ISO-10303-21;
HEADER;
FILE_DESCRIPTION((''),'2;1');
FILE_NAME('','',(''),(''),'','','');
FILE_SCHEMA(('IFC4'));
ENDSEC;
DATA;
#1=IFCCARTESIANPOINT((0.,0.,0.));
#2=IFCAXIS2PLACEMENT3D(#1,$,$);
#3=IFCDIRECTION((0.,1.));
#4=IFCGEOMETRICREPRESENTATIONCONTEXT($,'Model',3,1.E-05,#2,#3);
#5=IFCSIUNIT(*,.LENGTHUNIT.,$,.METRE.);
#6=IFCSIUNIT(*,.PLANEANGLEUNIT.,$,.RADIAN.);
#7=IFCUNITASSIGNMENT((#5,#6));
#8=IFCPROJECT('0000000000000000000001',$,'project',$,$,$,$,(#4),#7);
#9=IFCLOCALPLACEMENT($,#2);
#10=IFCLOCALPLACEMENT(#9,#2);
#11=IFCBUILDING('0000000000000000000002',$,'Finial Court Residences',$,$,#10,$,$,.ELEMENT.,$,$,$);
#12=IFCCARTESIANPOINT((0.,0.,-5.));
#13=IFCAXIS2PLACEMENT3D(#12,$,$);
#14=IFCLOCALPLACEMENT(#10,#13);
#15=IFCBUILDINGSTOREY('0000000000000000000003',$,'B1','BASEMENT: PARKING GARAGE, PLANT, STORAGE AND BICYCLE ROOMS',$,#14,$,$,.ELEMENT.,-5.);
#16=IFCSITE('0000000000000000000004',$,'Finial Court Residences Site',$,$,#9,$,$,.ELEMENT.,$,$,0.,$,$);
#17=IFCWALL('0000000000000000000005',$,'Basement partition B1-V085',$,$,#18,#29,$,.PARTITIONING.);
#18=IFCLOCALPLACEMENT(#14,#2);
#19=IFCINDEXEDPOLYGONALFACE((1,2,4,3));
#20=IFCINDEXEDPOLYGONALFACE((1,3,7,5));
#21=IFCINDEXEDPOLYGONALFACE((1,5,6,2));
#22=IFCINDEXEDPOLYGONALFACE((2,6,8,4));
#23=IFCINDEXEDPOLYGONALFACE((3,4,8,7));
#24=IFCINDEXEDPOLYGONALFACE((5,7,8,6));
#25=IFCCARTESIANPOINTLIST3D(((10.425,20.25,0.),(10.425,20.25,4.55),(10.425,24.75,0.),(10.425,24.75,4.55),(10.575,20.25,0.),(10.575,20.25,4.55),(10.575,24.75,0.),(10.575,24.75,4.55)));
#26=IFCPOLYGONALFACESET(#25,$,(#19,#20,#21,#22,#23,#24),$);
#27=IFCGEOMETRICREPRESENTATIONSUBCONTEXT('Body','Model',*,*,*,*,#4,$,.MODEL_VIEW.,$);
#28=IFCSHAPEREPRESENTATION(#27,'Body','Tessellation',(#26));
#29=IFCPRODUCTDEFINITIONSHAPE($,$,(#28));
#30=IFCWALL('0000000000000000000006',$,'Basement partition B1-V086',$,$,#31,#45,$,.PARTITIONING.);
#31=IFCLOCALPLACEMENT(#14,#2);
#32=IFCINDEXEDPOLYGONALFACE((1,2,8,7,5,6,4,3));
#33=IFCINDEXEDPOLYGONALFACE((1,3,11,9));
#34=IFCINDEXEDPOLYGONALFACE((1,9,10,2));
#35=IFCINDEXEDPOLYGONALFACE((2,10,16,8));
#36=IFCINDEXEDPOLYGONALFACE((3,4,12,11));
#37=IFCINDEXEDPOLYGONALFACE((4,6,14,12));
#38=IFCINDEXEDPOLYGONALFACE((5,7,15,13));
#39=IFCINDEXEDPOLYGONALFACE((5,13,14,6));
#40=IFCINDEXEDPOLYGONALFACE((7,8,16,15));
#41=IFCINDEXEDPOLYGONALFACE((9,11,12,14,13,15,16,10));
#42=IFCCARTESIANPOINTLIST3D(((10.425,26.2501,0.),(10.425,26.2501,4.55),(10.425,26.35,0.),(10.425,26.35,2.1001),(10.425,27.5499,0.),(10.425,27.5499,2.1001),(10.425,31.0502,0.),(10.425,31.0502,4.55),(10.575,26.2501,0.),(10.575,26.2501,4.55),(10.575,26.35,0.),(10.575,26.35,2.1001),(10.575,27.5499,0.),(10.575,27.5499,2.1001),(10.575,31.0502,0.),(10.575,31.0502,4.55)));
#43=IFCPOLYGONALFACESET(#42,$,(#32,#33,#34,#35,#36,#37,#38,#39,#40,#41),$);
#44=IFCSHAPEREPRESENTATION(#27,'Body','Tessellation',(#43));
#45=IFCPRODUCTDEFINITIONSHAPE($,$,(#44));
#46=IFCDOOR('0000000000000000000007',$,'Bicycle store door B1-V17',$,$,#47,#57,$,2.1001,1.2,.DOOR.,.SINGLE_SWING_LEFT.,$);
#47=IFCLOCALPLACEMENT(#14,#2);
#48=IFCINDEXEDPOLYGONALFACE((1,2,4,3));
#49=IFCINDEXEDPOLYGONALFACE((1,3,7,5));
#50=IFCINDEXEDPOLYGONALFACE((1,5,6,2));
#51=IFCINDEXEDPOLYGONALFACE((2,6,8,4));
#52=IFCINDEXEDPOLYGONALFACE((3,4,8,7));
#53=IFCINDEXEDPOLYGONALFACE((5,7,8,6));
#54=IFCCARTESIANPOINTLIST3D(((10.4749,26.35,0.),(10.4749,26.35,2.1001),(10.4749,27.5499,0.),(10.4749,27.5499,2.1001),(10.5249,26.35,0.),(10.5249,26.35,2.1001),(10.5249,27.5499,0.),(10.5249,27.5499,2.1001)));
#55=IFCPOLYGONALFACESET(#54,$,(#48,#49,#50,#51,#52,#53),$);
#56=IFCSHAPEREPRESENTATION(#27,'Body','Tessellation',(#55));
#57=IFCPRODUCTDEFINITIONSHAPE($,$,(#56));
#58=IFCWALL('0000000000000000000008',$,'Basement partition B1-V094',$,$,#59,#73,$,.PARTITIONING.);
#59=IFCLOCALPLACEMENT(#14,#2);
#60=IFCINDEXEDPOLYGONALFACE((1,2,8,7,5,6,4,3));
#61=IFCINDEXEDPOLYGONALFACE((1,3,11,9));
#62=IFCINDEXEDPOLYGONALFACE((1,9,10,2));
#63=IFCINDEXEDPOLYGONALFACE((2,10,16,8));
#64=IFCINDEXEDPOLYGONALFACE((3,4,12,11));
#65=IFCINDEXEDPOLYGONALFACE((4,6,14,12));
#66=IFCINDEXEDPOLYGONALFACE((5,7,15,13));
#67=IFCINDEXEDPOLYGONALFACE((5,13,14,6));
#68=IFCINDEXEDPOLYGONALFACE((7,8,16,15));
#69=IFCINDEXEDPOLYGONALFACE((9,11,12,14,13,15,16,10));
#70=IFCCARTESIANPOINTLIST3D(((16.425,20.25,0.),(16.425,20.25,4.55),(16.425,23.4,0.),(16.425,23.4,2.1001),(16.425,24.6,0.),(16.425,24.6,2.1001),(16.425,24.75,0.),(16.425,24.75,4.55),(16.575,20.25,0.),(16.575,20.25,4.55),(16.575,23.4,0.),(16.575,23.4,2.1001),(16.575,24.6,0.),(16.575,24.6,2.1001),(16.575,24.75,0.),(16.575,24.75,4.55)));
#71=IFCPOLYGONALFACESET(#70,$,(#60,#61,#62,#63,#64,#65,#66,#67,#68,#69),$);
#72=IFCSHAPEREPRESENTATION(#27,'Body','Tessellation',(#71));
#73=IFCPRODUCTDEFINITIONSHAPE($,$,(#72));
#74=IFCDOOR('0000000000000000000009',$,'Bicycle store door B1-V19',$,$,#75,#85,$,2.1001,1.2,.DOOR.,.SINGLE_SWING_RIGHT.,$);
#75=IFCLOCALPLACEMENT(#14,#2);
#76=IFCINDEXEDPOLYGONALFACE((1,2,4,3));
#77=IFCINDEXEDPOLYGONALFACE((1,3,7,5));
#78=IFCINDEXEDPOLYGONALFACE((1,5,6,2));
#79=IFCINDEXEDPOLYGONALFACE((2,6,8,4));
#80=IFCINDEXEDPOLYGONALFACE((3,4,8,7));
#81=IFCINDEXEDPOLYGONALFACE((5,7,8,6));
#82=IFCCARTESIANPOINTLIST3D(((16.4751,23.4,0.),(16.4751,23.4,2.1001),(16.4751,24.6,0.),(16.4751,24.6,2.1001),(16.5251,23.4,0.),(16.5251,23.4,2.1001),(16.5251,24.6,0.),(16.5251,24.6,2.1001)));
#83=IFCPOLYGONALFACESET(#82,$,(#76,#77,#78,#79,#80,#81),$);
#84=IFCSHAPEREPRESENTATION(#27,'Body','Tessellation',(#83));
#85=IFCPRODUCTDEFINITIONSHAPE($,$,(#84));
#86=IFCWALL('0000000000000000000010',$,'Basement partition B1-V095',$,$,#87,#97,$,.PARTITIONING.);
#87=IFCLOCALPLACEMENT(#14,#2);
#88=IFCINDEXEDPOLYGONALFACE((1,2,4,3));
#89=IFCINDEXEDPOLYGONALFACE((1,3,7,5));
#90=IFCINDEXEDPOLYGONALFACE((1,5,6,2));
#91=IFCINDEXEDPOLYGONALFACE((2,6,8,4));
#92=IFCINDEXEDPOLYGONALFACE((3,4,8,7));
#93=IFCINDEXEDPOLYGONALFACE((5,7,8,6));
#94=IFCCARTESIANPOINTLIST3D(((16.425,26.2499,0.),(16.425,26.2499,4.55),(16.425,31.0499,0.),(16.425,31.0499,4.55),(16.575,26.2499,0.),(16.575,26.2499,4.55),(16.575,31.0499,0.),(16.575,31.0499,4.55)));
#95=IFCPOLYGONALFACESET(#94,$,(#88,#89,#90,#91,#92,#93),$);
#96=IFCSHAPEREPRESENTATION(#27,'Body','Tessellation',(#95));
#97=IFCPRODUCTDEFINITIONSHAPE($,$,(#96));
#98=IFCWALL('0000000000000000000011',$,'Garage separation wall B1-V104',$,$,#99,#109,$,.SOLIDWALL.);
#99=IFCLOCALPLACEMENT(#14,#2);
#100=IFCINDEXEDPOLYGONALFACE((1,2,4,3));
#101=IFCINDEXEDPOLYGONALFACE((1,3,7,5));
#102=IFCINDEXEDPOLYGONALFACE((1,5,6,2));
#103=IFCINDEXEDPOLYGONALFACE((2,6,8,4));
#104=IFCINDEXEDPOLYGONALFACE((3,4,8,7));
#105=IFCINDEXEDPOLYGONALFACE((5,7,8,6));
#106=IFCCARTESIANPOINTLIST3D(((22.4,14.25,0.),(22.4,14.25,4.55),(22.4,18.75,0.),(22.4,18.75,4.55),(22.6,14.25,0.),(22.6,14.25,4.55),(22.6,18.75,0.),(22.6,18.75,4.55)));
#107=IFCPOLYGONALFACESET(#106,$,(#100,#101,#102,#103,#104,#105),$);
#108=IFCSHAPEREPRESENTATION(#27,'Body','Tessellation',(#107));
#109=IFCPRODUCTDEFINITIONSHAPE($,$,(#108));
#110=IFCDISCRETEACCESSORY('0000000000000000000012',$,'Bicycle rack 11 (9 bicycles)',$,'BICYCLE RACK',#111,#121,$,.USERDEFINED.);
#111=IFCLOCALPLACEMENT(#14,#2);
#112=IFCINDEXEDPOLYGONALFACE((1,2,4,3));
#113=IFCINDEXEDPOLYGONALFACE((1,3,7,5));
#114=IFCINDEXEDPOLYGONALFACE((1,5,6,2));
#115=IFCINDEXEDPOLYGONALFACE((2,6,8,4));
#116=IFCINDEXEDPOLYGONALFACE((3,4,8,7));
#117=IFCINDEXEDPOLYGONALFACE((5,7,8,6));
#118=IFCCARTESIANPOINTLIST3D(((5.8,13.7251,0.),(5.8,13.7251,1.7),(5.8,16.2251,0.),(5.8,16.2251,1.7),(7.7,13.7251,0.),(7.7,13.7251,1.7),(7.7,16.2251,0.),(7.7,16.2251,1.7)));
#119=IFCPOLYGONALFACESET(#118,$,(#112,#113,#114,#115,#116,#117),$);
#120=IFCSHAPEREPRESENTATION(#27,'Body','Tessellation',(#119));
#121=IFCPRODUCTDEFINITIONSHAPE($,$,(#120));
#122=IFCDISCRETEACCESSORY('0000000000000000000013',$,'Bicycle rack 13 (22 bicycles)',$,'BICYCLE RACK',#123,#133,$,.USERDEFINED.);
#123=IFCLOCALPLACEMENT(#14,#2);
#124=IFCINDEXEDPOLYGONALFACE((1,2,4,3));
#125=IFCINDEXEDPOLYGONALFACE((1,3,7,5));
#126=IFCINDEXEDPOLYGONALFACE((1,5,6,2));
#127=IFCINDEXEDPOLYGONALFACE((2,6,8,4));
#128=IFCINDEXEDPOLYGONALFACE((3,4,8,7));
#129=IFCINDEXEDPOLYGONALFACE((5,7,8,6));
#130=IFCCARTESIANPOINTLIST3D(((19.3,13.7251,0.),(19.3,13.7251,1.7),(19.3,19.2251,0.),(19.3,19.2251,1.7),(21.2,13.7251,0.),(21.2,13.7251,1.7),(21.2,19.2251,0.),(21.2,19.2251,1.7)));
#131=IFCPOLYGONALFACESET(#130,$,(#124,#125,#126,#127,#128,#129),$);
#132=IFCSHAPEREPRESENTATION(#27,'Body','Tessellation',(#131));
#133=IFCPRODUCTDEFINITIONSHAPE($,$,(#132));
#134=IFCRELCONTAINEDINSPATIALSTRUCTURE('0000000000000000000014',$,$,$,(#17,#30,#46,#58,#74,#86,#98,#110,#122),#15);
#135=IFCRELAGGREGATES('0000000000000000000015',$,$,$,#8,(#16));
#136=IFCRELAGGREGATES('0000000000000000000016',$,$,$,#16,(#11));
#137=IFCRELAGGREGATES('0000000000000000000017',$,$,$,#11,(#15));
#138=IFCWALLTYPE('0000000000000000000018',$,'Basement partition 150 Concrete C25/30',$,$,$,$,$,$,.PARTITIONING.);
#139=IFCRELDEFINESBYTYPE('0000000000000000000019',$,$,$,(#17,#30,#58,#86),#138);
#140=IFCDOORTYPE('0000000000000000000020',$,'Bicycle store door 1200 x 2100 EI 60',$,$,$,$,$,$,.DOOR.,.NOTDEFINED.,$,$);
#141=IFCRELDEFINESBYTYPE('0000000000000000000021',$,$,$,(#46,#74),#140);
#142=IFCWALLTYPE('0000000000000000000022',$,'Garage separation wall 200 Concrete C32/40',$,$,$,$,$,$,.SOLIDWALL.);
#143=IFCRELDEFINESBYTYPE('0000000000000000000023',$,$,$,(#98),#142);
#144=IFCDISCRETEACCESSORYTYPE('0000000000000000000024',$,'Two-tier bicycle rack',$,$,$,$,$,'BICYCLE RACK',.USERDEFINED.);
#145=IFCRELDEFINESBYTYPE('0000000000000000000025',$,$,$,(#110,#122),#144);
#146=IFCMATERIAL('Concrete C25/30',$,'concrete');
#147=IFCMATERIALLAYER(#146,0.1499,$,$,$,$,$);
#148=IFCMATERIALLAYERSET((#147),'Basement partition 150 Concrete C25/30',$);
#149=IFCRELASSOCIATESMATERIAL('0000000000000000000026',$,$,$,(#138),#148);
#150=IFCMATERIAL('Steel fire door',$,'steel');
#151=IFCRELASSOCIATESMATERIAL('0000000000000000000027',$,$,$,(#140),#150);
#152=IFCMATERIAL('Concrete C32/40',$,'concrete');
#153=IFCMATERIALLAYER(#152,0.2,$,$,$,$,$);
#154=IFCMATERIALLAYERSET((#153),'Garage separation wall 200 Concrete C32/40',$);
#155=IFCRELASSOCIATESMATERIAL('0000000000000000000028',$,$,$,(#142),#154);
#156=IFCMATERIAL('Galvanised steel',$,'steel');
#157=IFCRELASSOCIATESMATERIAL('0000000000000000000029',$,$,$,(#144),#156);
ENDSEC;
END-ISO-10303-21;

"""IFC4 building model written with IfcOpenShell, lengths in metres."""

from ifc_helpers import new_model, si_unit, direction, frame, frame_2d, origin, origin_2d, place, context, subcontext, project, spatial, rectangle, extrude, material, layer, layer_set, type_object, element, fill, save


model = new_model("IFC4")

# Units and contexts
model_context = context("Model", 3, precision=1e-05, world=origin(), true_north=direction((0.0, 1.0)))
body_context = subcontext(model_context, "Body", "Model", "MODEL_VIEW")
ifc_project = project(units=[si_unit("LENGTHUNIT", "METRE"), si_unit("PLANEANGLEUNIT", "RADIAN")], contexts=[model_context])

# Site, building, storey
site_placement = place(None, origin())
site = spatial("IfcSite", under=ifc_project, at=site_placement, Name="Finial Court Residences Site", CompositionType="ELEMENT", RefElevation=0.0)
building_placement = place(site_placement, origin())
building = spatial("IfcBuilding", under=site, at=building_placement, Name="Finial Court Residences", CompositionType="ELEMENT")
storey_placement = place(building_placement, frame((0.0, 0.0, -5.0)))
storey = spatial("IfcBuildingStorey", under=building, at=storey_placement, Name="B1", Description="BASEMENT: PARKING GARAGE, PLANT, STORAGE AND BICYCLE ROOMS", CompositionType="ELEMENT", Elevation=-5.0)

# Shared definitions
ifc_material_1 = material(Name="Concrete C25/30", Category="concrete")
ifc_layer_1 = layer(ifc_material_1, 0.1499)
ifc_layer_set_1 = layer_set([ifc_layer_1], Name="Basement partition 150 Concrete C25/30")
wall_type_1 = type_object("IfcWallType", Name="Basement partition 150 Concrete C25/30", PredefinedType="PARTITIONING", material=ifc_layer_set_1)

# Shared definitions
ifc_material_2 = material(Name="Steel fire door", Category="steel")
door_type = type_object("IfcDoorType", Name="Bicycle store door 1200 x 2100 EI 60", OperationType="NOTDEFINED", PredefinedType="DOOR", material=ifc_material_2)

# Wall
wall_1_placement = place(storey_placement, frame((10.5, 20.25, 0.0), z_axis=(0.0, 0.0, 1.0), x_axis=(0.0, 1.0, 0.0)))
element("IfcWall", 1, at=wall_1_placement, inside=storey, type_object=wall_type_1, Name="Basement partition B1-V085", PredefinedType="PARTITIONING", context=body_context, shape_type="SweptSolid", body=[
    extrude(rectangle(XDim=4.5, YDim=0.1499, at=frame_2d((2.25, 0.0))), origin(), (0.0, 0.0, 1.0), 4.55),
])

# Walls, openings, doors
wall_2_placement = place(storey_placement, frame((10.5, 31.05, 0.0), z_axis=(0.0, 0.0, 1.0), x_axis=(0.0, -1.0, 0.0)))
wall_2 = element("IfcWall", 2, at=wall_2_placement, inside=storey, type_object=wall_type_1, Name="Basement partition B1-V086", PredefinedType="PARTITIONING", context=body_context, shape_type="SweptSolid", body=[
    extrude(rectangle(XDim=4.8, YDim=0.1499, at=frame_2d((2.3999, 0.0))), origin(), (0.0, 0.0, 1.0), 4.55),
])
opening_1_placement = place(wall_2_placement, frame((3.5, 0.0, 0.0)))
opening_1 = element("IfcOpeningElement", 3, at=opening_1_placement, cuts=wall_2, PredefinedType="OPENING", context=body_context, shape_type="SweptSolid", body=[
    extrude(rectangle(XDim=1.2, YDim=2.1001, at=frame_2d((0.6001, 1.05))), frame((0.0, 0.085, 0.0), z_axis=(0.0, -1.0, 0.0), x_axis=(1.0, 0.0, 0.0)), (0.0, 0.0, 1.0), 0.1699),
])
door_1_placement = place(opening_1_placement, origin())
door_1 = element("IfcDoor", 4, at=door_1_placement, inside=storey, type_object=door_type, Name="Bicycle store door B1-V17", OperationType="SINGLE_SWING_LEFT", OverallHeight=2.1001, OverallWidth=1.2, PredefinedType="DOOR", context=body_context, shape_type="SweptSolid", body=[
    extrude(rectangle(XDim=1.2, YDim=2.1001, at=frame_2d((0.6001, 1.05))), frame((0.0, 0.0249, 0.0), z_axis=(0.0, -1.0, 0.0), x_axis=(1.0, 0.0, 0.0)), (0.0, 0.0, 1.0), 0.05),
])
fill(opening_1, door_1)
wall_3_placement = place(storey_placement, frame((16.5, 20.25, 0.0), z_axis=(0.0, 0.0, 1.0), x_axis=(0.0, 1.0, 0.0)))
wall_3 = element("IfcWall", 5, at=wall_3_placement, inside=storey, type_object=wall_type_1, Name="Basement partition B1-V094", PredefinedType="PARTITIONING", context=body_context, shape_type="SweptSolid", body=[
    extrude(rectangle(XDim=4.5, YDim=0.1499, at=frame_2d((2.25, 0.0))), origin(), (0.0, 0.0, 1.0), 4.55),
])
opening_2_placement = place(wall_3_placement, frame((3.1499, 0.0, 0.0)))
opening_2 = element("IfcOpeningElement", 6, at=opening_2_placement, cuts=wall_3, PredefinedType="OPENING", context=body_context, shape_type="SweptSolid", body=[
    extrude(rectangle(XDim=1.2, YDim=2.1001, at=frame_2d((0.6001, 1.05))), frame((0.0, 0.085, 0.0), z_axis=(0.0, -1.0, 0.0), x_axis=(1.0, 0.0, 0.0)), (0.0, 0.0, 1.0), 0.1699),
])
door_2_placement = place(opening_2_placement, origin())
door_2 = element("IfcDoor", 7, at=door_2_placement, inside=storey, type_object=door_type, Name="Bicycle store door B1-V19", OperationType="SINGLE_SWING_RIGHT", OverallHeight=2.1001, OverallWidth=1.2, PredefinedType="DOOR", context=body_context, shape_type="SweptSolid", body=[
    extrude(rectangle(XDim=1.2, YDim=2.1001, at=frame_2d((0.6001, 1.05))), frame((0.0, 0.0249, 0.0), z_axis=(0.0, -1.0, 0.0), x_axis=(1.0, 0.0, 0.0)), (0.0, 0.0, 1.0), 0.05),
])
fill(opening_2, door_2)

# Walls
wall_4_placement = place(storey_placement, frame((16.5, 26.25, 0.0), z_axis=(0.0, 0.0, 1.0), x_axis=(0.0, 1.0, 0.0)))
element("IfcWall", 8, at=wall_4_placement, inside=storey, type_object=wall_type_1, Name="Basement partition B1-V095", PredefinedType="PARTITIONING", context=body_context, shape_type="SweptSolid", body=[
    extrude(rectangle(XDim=4.8, YDim=0.1499, at=frame_2d((2.3999, 0.0))), origin(), (0.0, 0.0, 1.0), 4.55),
])
ifc_material_3 = material(Name="Concrete C32/40", Category="concrete")
ifc_layer_2 = layer(ifc_material_3, 0.2)
ifc_layer_set_2 = layer_set([ifc_layer_2], Name="Garage separation wall 200 Concrete C32/40")
wall_type_2 = type_object("IfcWallType", Name="Garage separation wall 200 Concrete C32/40", PredefinedType="SOLIDWALL", material=ifc_layer_set_2)
wall_5_placement = place(storey_placement, frame((22.5, 14.25, 0.0), z_axis=(0.0, 0.0, 1.0), x_axis=(0.0, 1.0, 0.0)))
element("IfcWall", 9, at=wall_5_placement, inside=storey, type_object=wall_type_2, Name="Garage separation wall B1-V104", PredefinedType="SOLIDWALL", context=body_context, shape_type="SweptSolid", body=[
    extrude(rectangle(XDim=4.5, YDim=0.2, at=frame_2d((2.25, 0.0))), origin(), (0.0, 0.0, 1.0), 4.55),
])

# Discrete accessories
ifc_material_4 = material(Name="Galvanised steel", Category="steel")
discrete_accessory_type = type_object("IfcDiscreteAccessoryType", Name="Two-tier bicycle rack", ElementType="BICYCLE RACK", PredefinedType="USERDEFINED", material=ifc_material_4)
discrete_accessory_1_placement = place(storey_placement, frame((6.75, 14.9751, 0.0), z_axis=(0.0, 0.0, 1.0), x_axis=(1.0, 0.0, 0.0)))
element("IfcDiscreteAccessory", 10, at=discrete_accessory_1_placement, inside=storey, type_object=discrete_accessory_type, Name="Bicycle rack 11 (9 bicycles)", ObjectType="BICYCLE RACK", PredefinedType="USERDEFINED", context=body_context, shape_type="SweptSolid", body=[
    extrude(rectangle(XDim=1.8999, YDim=2.5, at=origin_2d()), origin(), (0.0, 0.0, 1.0), 1.7),
])
discrete_accessory_2_placement = place(storey_placement, frame((20.25, 16.4751, 0.0), z_axis=(0.0, 0.0, 1.0), x_axis=(1.0, 0.0, 0.0)))
element("IfcDiscreteAccessory", 11, at=discrete_accessory_2_placement, inside=storey, type_object=discrete_accessory_type, Name="Bicycle rack 13 (22 bicycles)", ObjectType="BICYCLE RACK", PredefinedType="USERDEFINED", context=body_context, shape_type="SweptSolid", body=[
    extrude(rectangle(XDim=1.8999, YDim=5.5, at=origin_2d()), origin(), (0.0, 0.0, 1.0), 1.7),
])

save(model, "model.ifc")
